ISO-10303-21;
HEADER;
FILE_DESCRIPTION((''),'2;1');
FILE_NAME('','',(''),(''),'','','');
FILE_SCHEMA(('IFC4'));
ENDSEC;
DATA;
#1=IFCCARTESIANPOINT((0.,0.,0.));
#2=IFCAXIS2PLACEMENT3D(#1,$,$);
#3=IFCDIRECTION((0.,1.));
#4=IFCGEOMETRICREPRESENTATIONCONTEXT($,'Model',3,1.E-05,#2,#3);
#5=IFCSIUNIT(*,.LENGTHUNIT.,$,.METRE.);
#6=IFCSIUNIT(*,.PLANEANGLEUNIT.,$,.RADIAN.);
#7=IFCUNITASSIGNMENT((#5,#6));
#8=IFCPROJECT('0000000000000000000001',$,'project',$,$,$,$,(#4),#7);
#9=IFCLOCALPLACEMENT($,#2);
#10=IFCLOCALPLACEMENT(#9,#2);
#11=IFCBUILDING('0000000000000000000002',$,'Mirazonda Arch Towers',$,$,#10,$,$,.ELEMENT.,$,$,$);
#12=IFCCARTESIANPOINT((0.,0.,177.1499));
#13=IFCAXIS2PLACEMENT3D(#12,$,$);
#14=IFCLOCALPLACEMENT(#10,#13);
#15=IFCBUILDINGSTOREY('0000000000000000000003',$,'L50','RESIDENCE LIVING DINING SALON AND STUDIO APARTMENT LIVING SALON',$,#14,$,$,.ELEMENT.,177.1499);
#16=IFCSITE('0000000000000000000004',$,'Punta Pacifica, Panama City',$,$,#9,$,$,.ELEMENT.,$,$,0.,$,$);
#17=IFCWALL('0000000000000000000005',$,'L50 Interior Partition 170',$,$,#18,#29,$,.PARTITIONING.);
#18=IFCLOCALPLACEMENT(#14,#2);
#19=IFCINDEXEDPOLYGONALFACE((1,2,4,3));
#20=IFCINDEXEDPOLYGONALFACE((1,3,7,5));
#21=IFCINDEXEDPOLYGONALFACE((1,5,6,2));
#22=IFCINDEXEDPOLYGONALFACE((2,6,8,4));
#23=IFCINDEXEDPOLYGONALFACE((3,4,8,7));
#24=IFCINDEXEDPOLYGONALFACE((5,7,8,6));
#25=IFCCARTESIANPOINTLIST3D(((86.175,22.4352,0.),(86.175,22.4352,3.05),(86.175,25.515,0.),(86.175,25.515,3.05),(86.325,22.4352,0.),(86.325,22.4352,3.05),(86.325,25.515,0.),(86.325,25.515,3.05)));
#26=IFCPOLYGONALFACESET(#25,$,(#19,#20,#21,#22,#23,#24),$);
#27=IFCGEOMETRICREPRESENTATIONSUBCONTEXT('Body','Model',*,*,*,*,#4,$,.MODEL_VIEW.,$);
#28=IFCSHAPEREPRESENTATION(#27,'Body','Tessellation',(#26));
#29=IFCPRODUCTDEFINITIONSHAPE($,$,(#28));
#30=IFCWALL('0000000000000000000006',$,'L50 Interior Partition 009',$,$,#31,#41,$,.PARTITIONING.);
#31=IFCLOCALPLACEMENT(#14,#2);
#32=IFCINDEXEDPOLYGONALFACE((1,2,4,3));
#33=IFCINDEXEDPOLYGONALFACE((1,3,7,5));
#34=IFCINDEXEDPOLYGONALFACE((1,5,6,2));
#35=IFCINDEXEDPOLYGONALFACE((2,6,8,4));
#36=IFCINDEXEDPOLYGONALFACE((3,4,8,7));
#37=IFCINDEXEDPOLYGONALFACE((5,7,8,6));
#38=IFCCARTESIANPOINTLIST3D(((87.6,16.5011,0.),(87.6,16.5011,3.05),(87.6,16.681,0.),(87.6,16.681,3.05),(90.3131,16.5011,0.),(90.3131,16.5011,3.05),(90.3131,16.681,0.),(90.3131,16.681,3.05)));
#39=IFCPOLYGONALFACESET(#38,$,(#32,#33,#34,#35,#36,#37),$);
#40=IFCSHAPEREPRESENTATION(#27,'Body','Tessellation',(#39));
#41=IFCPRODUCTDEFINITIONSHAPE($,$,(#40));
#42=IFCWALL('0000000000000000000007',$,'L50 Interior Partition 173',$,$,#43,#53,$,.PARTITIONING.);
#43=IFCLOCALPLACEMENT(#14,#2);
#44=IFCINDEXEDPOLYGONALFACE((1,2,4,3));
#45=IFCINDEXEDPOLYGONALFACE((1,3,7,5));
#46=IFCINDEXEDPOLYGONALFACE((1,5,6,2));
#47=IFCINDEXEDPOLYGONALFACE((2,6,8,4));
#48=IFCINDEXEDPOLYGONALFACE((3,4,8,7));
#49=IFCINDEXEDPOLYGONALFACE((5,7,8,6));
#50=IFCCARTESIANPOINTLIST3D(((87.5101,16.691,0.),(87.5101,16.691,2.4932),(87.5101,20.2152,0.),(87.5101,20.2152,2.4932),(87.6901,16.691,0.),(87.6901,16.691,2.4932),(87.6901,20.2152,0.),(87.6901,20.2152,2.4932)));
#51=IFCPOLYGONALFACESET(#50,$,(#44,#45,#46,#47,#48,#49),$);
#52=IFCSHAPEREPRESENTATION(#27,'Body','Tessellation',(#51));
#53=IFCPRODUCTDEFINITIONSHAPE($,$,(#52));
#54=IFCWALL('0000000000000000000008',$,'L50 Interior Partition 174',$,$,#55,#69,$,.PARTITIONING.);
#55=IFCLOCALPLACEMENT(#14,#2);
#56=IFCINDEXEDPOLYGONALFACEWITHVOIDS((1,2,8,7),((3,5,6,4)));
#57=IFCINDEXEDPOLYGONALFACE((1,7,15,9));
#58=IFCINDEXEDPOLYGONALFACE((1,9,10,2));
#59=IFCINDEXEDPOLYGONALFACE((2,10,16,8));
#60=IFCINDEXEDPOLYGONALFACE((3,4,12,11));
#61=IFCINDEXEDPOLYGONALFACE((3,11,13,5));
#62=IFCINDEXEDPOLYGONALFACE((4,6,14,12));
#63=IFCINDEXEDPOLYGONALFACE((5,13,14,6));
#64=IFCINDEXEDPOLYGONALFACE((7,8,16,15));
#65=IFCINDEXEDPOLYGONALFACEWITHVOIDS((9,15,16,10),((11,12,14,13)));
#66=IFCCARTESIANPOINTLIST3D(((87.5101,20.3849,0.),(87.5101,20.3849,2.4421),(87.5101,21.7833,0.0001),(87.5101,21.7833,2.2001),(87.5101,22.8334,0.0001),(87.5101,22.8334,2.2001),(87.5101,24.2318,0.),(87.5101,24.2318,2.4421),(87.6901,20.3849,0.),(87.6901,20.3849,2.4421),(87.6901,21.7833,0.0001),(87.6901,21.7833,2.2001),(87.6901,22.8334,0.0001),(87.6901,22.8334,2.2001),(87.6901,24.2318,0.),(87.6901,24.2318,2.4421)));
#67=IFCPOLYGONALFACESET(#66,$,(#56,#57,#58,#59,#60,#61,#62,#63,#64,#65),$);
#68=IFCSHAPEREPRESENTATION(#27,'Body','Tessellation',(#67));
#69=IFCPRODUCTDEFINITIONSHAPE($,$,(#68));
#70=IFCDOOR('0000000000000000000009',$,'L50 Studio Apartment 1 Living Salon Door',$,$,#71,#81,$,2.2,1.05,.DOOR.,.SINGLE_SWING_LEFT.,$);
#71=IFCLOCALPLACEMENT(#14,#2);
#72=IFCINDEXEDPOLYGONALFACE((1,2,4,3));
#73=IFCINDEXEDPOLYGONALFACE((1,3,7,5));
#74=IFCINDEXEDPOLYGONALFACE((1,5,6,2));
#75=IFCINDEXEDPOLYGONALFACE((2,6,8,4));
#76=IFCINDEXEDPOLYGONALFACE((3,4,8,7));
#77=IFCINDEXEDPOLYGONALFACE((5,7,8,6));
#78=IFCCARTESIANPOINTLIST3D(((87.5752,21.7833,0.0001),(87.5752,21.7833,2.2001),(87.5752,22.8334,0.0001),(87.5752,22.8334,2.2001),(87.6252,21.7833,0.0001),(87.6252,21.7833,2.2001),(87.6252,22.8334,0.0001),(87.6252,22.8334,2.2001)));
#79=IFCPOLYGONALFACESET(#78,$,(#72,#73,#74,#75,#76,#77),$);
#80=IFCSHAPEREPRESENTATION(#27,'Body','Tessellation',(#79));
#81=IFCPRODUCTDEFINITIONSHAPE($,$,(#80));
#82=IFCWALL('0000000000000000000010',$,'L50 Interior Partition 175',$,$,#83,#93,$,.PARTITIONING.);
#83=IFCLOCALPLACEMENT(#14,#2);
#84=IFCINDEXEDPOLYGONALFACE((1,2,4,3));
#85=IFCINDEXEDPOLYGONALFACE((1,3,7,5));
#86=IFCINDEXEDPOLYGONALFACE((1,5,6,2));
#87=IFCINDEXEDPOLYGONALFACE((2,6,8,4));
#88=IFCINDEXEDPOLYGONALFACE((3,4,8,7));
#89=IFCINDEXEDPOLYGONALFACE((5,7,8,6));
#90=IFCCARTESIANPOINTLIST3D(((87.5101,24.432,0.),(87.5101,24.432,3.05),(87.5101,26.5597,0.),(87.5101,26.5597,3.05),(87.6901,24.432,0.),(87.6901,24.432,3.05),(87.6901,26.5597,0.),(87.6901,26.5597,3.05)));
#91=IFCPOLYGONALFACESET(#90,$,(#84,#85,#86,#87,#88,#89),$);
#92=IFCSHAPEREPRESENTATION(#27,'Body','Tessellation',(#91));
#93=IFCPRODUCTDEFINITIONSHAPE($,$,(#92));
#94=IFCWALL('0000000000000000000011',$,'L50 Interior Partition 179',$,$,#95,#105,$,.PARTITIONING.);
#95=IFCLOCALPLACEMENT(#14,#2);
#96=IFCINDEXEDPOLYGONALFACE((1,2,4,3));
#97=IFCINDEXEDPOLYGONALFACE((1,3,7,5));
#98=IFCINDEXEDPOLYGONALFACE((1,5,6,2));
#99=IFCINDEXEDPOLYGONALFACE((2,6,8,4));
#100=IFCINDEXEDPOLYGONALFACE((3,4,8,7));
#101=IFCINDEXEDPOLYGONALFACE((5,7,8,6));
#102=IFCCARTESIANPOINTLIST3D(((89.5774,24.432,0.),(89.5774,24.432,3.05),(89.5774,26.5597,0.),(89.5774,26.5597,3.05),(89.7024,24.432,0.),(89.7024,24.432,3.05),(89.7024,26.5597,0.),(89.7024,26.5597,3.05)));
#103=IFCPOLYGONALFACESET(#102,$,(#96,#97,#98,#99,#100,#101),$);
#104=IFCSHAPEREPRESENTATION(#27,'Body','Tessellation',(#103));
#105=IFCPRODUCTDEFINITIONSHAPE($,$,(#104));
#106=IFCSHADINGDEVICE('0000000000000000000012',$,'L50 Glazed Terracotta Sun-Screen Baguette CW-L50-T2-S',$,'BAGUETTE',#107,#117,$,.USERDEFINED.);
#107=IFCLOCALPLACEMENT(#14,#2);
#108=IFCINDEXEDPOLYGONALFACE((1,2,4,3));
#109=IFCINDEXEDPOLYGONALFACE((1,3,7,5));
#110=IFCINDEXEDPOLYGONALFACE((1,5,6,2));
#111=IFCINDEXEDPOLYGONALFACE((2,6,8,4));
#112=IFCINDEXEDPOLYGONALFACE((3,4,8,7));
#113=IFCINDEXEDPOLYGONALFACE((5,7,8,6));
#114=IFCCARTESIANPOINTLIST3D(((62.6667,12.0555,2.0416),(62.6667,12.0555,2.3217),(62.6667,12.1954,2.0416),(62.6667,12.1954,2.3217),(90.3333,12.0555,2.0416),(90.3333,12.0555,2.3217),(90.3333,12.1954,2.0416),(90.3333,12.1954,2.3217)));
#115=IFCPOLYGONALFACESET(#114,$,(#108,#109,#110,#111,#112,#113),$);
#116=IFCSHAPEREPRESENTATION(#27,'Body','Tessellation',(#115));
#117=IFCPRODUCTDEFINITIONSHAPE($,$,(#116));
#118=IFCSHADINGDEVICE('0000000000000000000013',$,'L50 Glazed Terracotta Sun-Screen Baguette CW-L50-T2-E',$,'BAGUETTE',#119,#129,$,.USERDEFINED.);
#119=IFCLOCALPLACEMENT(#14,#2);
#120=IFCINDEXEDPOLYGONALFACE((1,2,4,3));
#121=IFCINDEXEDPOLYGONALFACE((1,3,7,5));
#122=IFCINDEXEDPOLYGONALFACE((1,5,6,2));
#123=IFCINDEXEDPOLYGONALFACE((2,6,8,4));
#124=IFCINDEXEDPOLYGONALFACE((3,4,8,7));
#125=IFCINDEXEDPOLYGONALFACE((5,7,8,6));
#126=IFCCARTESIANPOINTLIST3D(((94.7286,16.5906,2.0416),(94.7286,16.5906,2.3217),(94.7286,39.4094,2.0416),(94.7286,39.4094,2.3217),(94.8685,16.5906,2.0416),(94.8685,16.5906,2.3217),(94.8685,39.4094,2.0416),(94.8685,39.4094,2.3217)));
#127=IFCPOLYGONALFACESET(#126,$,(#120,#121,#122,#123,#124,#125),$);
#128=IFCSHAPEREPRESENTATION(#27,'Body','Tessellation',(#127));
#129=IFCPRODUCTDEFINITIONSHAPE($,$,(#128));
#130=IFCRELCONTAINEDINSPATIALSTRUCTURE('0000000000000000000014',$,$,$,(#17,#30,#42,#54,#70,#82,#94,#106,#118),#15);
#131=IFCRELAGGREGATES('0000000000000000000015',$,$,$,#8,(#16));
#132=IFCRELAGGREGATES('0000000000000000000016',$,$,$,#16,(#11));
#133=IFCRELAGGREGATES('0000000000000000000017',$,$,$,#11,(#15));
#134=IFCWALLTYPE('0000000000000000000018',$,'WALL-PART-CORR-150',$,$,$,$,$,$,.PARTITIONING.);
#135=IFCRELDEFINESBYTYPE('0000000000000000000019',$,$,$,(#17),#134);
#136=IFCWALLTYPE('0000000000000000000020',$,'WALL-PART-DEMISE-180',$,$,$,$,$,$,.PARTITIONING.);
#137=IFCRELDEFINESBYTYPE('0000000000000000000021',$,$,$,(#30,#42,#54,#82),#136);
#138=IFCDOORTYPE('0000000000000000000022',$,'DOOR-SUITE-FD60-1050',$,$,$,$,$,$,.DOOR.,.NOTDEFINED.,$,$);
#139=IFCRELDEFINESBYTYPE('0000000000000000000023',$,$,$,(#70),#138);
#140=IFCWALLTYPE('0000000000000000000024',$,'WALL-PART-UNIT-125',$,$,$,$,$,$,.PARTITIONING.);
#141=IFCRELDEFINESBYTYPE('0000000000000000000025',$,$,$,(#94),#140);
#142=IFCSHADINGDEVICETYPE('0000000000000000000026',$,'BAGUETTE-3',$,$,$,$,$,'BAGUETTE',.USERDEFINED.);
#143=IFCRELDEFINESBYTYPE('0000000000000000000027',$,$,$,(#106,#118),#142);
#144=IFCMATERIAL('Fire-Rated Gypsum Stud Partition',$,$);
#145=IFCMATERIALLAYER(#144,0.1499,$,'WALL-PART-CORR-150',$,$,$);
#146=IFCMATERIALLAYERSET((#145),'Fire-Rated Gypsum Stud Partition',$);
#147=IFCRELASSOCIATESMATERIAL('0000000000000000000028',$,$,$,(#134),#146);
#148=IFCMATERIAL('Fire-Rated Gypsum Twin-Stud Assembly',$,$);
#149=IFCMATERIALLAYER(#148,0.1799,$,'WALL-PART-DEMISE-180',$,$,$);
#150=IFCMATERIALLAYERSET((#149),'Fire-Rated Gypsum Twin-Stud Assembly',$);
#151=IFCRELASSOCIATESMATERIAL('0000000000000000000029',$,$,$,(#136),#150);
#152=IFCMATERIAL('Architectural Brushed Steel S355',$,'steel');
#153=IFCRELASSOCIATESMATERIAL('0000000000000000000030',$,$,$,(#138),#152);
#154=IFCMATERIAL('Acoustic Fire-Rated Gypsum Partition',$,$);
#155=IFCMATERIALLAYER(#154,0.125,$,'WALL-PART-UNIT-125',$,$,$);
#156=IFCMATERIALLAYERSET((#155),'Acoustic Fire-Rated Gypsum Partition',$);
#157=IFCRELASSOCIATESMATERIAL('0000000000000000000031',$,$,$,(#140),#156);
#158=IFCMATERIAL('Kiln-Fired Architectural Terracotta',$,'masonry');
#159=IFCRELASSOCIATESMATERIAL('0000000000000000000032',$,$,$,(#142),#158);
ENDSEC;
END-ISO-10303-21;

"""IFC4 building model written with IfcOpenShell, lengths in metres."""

from ifc_helpers import new_model, si_unit, direction, frame, frame_2d, origin, origin_2d, place, context, subcontext, project, spatial, rectangle, extrude, material, layer, layer_set, material_profile, profile_set, type_object, element, fill, save


model = new_model("IFC4")

# Units and contexts
model_context = context("Model", 3, precision=1e-05, world=origin(), true_north=direction((0.0, 1.0)))
body_context = subcontext(model_context, "Body", "Model", "MODEL_VIEW")
ifc_project = project(units=[si_unit("LENGTHUNIT", "METRE"), si_unit("PLANEANGLEUNIT", "RADIAN")], contexts=[model_context])

# Site, building, storey
site_placement = place(None, origin())
site = spatial("IfcSite", under=ifc_project, at=site_placement, Name="Punta Pacifica, Panama City", CompositionType="ELEMENT", RefElevation=0.0)
building_placement = place(site_placement, origin())
building = spatial("IfcBuilding", under=site, at=building_placement, Name="Mirazonda Arch Towers", CompositionType="ELEMENT")
storey_placement = place(building_placement, frame((0.0, 0.0, 177.1499)))
storey = spatial("IfcBuildingStorey", under=building, at=storey_placement, Name="L50", Description="RESIDENCE LIVING DINING SALON AND STUDIO APARTMENT LIVING SALON", CompositionType="ELEMENT", Elevation=177.1499)

# Walls
ifc_material_1 = material(Name="Fire-Rated Gypsum Stud Partition")
ifc_layer_1 = layer(ifc_material_1, 0.1499, Name="WALL-PART-CORR-150")
ifc_layer_set_1 = layer_set([ifc_layer_1], Name="Fire-Rated Gypsum Stud Partition")
wall_type_1 = type_object("IfcWallType", Name="WALL-PART-CORR-150", PredefinedType="PARTITIONING", material=ifc_layer_set_1)
wall_1_placement = place(storey_placement, frame((86.25, 22.4351, 0.0), z_axis=(0.0, 0.0, 1.0), x_axis=(0.0, 1.0, 0.0)))
element("IfcWall", 1, at=wall_1_placement, inside=storey, type_object=wall_type_1, Name="L50 Interior Partition 170", PredefinedType="PARTITIONING", context=body_context, shape_type="SweptSolid", body=[
    extrude(rectangle(XDim=3.0798, YDim=0.1499, at=frame_2d((1.54, 0.0))), origin(), (0.0, 0.0, 1.0), 3.05),
])
ifc_material_2 = material(Name="Fire-Rated Gypsum Twin-Stud Assembly")
ifc_layer_2 = layer(ifc_material_2, 0.1799, Name="WALL-PART-DEMISE-180")
ifc_layer_set_2 = layer_set([ifc_layer_2], Name="Fire-Rated Gypsum Twin-Stud Assembly")
wall_type_2 = type_object("IfcWallType", Name="WALL-PART-DEMISE-180", PredefinedType="PARTITIONING", material=ifc_layer_set_2)
wall_2_placement = place(storey_placement, frame((87.6001, 16.5911, 0.0), z_axis=(0.0, 0.0, 1.0), x_axis=(1.0, 0.0, 0.0)))
element("IfcWall", 2, at=wall_2_placement, inside=storey, type_object=wall_type_2, Name="L50 Interior Partition 009", PredefinedType="PARTITIONING", context=body_context, shape_type="SweptSolid", body=[
    extrude(rectangle(XDim=2.7131, YDim=0.1799, at=frame_2d((1.3564, 0.0))), origin(), (0.0, 0.0, 1.0), 3.05),
])

# Shared definitions
ifc_material_3 = material(Name="Architectural Brushed Steel S355", Category="steel")

# Wall
wall_3_placement = place(storey_placement, frame((87.6001, 16.6909, 0.0), z_axis=(0.0, 0.0, 1.0), x_axis=(0.0, 1.0, 0.0)))
element("IfcWall", 3, at=wall_3_placement, inside=storey, type_object=wall_type_2, Name="L50 Interior Partition 173", PredefinedType="PARTITIONING", context=body_context, shape_type="SweptSolid", body=[
    extrude(rectangle(XDim=3.5242, YDim=0.1799, at=frame_2d((1.7622, 0.0))), origin(), (0.0, 0.0, 1.0), 2.4932),
])

# Wall, opening, door
wall_4_placement = place(storey_placement, frame((87.6001, 20.385, 0.0), z_axis=(0.0, 0.0, 1.0), x_axis=(0.0, 1.0, 0.0)))
wall_4 = element("IfcWall", 4, at=wall_4_placement, inside=storey, type_object=wall_type_2, Name="L50 Interior Partition 174", PredefinedType="PARTITIONING", context=body_context, shape_type="SweptSolid", body=[
    extrude(rectangle(XDim=3.8469, YDim=0.1799, at=frame_2d((1.9233, 0.0))), origin(), (0.0, 0.0, 1.0), 2.4421),
])
opening_1_placement = place(wall_4_placement, frame((1.3984, 0.0, 0.0)))
opening_1 = element("IfcOpeningElement", 5, at=opening_1_placement, cuts=wall_4, PredefinedType="OPENING", context=body_context, shape_type="SweptSolid", body=[
    extrude(rectangle(XDim=1.05, YDim=2.2, at=frame_2d((0.5249, 1.1001))), frame((0.0, 0.0999, 0.0), z_axis=(0.0, -1.0, 0.0), x_axis=(1.0, 0.0, 0.0)), (0.0, 0.0, 1.0), 0.2),
])
door_type_1 = type_object("IfcDoorType", Name="DOOR-SUITE-FD60-1050", OperationType="NOTDEFINED", PredefinedType="DOOR", material=ifc_material_3)
door_1_placement = place(opening_1_placement, origin())
door_1 = element("IfcDoor", 6, at=door_1_placement, inside=storey, type_object=door_type_1, Name="L50 Studio Apartment 1 Living Salon Door", OperationType="SINGLE_SWING_LEFT", OverallHeight=2.2, OverallWidth=1.05, PredefinedType="DOOR", context=body_context, shape_type="SweptSolid", body=[
    extrude(rectangle(XDim=1.05, YDim=2.2, at=frame_2d((0.5249, 1.1001))), frame((0.0, 0.0249, 0.0), z_axis=(0.0, -1.0, 0.0), x_axis=(1.0, 0.0, 0.0)), (0.0, 0.0, 1.0), 0.05),
])
fill(opening_1, door_1)

# Walls
wall_5_placement = place(storey_placement, frame((87.6001, 24.4319, 0.0), z_axis=(0.0, 0.0, 1.0), x_axis=(0.0, 1.0, 0.0)))
element("IfcWall", 7, at=wall_5_placement, inside=storey, type_object=wall_type_2, Name="L50 Interior Partition 175", PredefinedType="PARTITIONING", context=body_context, shape_type="SweptSolid", body=[
    extrude(rectangle(XDim=2.1277, YDim=0.1799, at=frame_2d((1.064, 0.0))), origin(), (0.0, 0.0, 1.0), 3.05),
])
ifc_material_4 = material(Name="Acoustic Fire-Rated Gypsum Partition")
ifc_layer_3 = layer(ifc_material_4, 0.125, Name="WALL-PART-UNIT-125")
ifc_layer_set_3 = layer_set([ifc_layer_3], Name="Acoustic Fire-Rated Gypsum Partition")
wall_type_3 = type_object("IfcWallType", Name="WALL-PART-UNIT-125", PredefinedType="PARTITIONING", material=ifc_layer_set_3)
wall_6_placement = place(storey_placement, frame((89.6399, 24.4319, 0.0), z_axis=(0.0, 0.0, 1.0), x_axis=(0.0, 1.0, 0.0)))
element("IfcWall", 8, at=wall_6_placement, inside=storey, type_object=wall_type_3, Name="L50 Interior Partition 179", PredefinedType="PARTITIONING", context=body_context, shape_type="SweptSolid", body=[
    extrude(rectangle(XDim=2.1277, YDim=0.125, at=frame_2d((1.064, 0.0))), origin(), (0.0, 0.0, 1.0), 3.05),
])

# Shading devices
ifc_material_5 = material(Name="Kiln-Fired Architectural Terracotta", Category="masonry")
ifc_material_profile_1 = material_profile(ifc_material_5, rectangle(XDim=0.1399, YDim=0.28, at=origin_2d()), Name="TERRA-BAG-140x280")
ifc_profile_set_1 = profile_set([ifc_material_profile_1], Name="Kiln-Fired Architectural Terracotta")
shading_device_type = type_object("IfcShadingDeviceType", Name="BAGUETTE-3", ElementType="BAGUETTE", PredefinedType="USERDEFINED", material=ifc_profile_set_1)
shading_device_1_placement = place(storey_placement, frame((90.3333, 12.1255, 2.1816), z_axis=(-1.0, 0.0, 0.0), x_axis=(0.0, -1.0, 0.0)))
element("IfcShadingDevice", 9, at=shading_device_1_placement, inside=storey, type_object=shading_device_type, Name="L50 Glazed Terracotta Sun-Screen Baguette CW-L50-T2-S", ObjectType="BAGUETTE", PredefinedType="USERDEFINED", context=body_context, shape_type="SweptSolid", body=[
    extrude(rectangle(XDim=0.1399, YDim=0.28, at=origin_2d()), origin(), (0.0, 0.0, 1.0), 27.6665),
])
shading_device_2_placement = place(storey_placement, frame((94.7986, 16.5906, 2.1816), z_axis=(0.0, 1.0, 0.0), x_axis=(-1.0, 0.0, 0.0)))
element("IfcShadingDevice", 10, at=shading_device_2_placement, inside=storey, type_object=shading_device_type, Name="L50 Glazed Terracotta Sun-Screen Baguette CW-L50-T2-E", ObjectType="BAGUETTE", PredefinedType="USERDEFINED", context=body_context, shape_type="SweptSolid", body=[
    extrude(rectangle(XDim=0.1399, YDim=0.28, at=origin_2d()), origin(), (0.0, 0.0, 1.0), 22.8188),
])

save(model, "model.ifc")
